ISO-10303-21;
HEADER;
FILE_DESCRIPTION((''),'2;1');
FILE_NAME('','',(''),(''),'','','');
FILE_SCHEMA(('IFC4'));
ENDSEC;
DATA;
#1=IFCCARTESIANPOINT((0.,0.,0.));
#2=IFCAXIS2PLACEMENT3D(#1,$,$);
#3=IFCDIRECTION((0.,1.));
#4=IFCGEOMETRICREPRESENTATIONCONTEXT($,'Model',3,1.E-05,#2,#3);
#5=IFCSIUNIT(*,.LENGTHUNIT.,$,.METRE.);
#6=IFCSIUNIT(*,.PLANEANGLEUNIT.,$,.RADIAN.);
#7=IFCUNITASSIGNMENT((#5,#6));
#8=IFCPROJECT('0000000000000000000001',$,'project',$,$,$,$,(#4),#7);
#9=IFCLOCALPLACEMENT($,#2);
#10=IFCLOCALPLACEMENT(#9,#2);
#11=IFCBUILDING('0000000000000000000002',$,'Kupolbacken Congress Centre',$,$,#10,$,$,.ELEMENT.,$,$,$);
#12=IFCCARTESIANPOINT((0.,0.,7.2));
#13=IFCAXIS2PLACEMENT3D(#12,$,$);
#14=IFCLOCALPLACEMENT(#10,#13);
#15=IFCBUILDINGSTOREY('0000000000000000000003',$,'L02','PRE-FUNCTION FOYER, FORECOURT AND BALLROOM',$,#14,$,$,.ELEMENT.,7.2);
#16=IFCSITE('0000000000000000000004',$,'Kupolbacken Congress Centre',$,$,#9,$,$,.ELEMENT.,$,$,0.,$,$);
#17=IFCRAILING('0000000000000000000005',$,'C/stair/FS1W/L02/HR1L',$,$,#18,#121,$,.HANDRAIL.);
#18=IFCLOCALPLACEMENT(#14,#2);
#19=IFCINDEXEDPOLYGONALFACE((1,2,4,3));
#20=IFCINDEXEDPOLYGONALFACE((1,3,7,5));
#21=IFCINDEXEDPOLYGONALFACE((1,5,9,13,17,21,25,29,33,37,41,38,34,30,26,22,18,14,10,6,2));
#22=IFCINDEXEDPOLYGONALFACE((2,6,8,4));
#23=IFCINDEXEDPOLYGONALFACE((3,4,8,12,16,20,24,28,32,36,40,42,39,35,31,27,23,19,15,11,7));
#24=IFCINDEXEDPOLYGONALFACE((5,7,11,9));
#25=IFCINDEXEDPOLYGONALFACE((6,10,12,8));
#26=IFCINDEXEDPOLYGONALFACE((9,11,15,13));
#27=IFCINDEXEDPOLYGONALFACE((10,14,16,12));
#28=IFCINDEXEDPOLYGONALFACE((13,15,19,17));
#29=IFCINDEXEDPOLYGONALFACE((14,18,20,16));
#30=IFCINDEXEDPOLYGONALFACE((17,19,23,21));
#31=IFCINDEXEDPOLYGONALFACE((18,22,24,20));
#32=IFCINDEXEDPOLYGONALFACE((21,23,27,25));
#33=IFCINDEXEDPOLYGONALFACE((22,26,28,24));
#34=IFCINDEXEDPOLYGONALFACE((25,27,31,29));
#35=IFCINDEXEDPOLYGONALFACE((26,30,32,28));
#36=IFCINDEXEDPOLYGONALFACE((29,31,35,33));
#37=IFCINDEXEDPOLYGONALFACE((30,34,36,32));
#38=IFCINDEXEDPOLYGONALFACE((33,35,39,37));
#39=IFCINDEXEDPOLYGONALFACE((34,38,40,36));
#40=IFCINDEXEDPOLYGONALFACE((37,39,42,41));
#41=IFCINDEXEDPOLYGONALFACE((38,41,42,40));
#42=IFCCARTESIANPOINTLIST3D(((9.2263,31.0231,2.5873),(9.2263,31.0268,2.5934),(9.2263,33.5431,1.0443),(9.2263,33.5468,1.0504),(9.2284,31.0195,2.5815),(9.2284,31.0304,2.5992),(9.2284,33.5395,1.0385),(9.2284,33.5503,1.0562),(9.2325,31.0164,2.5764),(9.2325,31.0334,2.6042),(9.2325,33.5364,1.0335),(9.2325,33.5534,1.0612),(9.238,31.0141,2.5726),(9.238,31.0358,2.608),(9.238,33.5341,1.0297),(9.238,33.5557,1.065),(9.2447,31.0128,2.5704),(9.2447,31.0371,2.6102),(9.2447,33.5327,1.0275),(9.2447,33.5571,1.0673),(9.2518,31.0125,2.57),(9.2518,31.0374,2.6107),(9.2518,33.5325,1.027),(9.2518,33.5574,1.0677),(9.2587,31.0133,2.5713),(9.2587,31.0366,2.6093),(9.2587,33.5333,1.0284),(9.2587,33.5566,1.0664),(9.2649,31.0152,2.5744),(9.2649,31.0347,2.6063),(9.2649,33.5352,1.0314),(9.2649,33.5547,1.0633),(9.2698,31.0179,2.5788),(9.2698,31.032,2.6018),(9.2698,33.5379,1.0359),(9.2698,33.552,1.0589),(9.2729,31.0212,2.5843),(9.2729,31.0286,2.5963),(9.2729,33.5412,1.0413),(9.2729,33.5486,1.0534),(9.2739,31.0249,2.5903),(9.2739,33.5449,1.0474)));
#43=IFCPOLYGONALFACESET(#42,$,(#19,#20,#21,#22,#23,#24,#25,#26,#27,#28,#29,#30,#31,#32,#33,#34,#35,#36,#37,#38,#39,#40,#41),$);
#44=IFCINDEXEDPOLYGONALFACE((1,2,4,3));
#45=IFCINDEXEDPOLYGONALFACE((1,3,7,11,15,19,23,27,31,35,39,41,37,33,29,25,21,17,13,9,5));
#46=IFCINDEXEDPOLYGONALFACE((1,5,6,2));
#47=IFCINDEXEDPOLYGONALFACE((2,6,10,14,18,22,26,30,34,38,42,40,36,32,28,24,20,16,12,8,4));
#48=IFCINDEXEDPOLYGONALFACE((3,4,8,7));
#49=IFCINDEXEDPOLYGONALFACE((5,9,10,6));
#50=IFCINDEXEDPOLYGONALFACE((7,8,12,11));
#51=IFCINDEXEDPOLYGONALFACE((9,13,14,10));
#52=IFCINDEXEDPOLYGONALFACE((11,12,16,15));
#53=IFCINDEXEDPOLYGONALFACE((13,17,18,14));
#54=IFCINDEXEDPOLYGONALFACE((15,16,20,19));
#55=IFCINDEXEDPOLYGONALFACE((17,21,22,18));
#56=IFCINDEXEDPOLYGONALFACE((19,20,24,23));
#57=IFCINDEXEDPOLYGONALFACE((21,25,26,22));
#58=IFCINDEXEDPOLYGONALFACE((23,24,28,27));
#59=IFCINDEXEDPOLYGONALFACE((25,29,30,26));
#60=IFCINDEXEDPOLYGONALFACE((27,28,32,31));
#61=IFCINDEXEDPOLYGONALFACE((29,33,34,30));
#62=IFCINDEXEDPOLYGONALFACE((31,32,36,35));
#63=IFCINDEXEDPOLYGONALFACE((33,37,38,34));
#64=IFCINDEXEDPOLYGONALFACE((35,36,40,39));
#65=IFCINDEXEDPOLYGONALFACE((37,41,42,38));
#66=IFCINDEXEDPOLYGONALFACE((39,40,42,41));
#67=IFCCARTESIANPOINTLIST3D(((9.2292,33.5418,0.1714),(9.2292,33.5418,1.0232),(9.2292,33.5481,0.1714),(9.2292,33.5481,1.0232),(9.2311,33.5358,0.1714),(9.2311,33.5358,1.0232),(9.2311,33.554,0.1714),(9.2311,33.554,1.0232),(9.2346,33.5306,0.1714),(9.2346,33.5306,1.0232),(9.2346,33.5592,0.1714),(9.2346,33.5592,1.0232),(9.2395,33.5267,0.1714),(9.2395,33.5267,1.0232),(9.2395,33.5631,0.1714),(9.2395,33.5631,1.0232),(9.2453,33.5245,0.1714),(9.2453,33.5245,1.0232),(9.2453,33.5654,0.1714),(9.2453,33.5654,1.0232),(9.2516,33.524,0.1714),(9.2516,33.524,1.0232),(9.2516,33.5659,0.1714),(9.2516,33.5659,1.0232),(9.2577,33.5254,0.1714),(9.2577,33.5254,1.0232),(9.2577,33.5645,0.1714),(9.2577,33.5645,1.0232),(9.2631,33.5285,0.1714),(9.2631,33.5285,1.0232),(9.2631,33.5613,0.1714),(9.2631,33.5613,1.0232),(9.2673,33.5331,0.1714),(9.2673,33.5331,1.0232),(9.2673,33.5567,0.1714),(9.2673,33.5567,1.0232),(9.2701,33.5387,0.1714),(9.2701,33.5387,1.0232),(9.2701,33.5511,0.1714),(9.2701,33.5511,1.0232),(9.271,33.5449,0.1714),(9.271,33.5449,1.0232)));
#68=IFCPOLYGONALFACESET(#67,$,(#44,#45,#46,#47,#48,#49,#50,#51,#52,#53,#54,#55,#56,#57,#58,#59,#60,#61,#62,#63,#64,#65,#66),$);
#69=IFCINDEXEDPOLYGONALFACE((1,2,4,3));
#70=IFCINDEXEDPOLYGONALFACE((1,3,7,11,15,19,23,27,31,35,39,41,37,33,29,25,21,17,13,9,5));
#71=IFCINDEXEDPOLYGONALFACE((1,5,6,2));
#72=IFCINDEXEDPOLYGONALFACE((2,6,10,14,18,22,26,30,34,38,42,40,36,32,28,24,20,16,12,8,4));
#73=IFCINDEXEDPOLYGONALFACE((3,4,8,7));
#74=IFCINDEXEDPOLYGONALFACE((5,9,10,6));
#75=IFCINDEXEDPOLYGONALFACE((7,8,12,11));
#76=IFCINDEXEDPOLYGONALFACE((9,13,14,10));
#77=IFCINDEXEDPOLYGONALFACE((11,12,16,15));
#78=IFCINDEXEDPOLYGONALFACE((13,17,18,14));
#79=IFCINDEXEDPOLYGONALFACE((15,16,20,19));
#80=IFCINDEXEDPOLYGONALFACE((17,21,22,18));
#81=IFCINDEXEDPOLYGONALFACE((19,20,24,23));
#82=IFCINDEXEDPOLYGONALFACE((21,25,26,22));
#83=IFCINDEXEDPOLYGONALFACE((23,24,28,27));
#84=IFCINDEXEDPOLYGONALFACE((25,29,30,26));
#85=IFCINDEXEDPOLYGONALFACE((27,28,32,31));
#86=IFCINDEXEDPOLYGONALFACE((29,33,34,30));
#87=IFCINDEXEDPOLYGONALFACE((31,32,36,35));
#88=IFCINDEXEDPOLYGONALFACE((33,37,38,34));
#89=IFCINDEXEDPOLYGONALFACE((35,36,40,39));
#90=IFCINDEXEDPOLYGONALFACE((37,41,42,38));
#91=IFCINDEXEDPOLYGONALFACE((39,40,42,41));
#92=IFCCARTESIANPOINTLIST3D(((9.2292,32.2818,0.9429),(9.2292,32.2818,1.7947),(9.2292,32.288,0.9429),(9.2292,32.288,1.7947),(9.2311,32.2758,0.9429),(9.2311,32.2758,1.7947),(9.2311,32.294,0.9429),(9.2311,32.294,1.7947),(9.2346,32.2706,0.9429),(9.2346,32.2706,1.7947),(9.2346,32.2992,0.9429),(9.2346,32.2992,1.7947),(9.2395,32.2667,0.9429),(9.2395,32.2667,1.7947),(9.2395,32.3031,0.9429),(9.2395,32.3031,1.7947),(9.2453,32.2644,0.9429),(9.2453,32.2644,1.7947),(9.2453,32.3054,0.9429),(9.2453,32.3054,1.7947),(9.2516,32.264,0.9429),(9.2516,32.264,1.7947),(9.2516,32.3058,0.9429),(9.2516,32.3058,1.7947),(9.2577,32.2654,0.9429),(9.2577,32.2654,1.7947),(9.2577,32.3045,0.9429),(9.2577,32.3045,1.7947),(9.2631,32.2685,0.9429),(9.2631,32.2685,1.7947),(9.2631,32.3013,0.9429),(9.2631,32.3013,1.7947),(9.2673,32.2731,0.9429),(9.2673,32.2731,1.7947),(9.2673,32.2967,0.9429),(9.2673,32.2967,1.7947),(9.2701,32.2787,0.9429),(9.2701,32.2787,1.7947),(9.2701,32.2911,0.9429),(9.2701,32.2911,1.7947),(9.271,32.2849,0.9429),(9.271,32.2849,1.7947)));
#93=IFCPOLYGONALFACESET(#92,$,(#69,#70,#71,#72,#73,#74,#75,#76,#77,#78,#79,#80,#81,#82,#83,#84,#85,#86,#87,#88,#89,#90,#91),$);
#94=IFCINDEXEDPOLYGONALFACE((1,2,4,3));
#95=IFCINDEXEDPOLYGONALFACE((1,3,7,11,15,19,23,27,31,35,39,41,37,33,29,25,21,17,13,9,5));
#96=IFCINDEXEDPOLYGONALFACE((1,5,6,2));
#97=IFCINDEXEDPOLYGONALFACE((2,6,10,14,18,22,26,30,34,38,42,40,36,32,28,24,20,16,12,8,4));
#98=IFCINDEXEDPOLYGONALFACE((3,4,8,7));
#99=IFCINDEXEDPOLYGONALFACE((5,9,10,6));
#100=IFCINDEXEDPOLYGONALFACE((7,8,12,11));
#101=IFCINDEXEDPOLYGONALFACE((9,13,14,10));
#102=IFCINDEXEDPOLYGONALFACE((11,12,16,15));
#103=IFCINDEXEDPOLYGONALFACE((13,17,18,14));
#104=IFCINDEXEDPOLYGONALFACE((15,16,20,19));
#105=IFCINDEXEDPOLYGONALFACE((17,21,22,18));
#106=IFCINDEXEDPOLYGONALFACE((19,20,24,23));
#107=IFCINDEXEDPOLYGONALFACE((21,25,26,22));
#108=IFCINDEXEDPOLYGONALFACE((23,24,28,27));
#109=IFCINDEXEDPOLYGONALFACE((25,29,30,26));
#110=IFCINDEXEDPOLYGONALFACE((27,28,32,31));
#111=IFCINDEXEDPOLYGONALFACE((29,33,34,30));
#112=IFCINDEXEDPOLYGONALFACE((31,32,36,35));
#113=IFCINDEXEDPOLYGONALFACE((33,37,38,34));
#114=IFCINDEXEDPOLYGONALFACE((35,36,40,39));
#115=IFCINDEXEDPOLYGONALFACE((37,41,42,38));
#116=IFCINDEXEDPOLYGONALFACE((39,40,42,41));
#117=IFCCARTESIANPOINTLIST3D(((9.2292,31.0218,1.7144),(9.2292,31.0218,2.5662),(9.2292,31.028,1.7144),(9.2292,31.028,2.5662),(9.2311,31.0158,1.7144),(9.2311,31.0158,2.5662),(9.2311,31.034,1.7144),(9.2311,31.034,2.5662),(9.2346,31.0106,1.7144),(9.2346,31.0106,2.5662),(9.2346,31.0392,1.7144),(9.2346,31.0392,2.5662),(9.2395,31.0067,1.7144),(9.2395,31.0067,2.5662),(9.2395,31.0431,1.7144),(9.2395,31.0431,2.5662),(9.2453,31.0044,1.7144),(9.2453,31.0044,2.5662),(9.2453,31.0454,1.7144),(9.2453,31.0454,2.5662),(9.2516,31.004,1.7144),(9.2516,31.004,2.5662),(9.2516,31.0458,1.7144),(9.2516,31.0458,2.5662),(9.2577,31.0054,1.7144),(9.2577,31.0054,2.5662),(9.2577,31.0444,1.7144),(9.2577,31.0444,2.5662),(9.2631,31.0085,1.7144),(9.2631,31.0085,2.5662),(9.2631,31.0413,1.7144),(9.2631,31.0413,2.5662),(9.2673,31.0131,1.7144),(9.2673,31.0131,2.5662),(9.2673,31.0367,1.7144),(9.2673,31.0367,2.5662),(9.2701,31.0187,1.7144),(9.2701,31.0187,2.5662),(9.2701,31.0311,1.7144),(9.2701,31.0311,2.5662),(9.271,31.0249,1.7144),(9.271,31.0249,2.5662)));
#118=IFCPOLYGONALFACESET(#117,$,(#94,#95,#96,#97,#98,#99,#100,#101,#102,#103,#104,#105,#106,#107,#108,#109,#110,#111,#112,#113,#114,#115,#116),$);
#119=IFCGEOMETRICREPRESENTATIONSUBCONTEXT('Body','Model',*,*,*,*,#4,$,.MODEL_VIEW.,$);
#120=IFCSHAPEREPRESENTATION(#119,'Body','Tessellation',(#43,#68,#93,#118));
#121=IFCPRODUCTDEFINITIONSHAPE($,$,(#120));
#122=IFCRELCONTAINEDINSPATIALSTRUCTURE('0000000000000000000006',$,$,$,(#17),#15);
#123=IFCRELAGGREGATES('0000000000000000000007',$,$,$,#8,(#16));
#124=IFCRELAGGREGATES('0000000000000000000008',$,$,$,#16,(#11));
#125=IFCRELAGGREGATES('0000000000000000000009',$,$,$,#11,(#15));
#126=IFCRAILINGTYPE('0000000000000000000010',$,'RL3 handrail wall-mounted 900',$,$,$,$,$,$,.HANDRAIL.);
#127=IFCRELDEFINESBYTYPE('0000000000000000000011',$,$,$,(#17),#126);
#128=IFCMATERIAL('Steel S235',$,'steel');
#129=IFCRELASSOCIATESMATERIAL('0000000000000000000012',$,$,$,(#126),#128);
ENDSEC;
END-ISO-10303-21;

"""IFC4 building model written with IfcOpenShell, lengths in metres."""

from ifc_helpers import new_model, si_unit, direction, frame, origin, origin_2d, place, context, subcontext, project, spatial, circle, extrude, material, type_object, element, save


model = new_model("IFC4")

# Units and contexts
model_context = context("Model", 3, precision=1e-05, world=origin(), true_north=direction((0.0, 1.0)))
body_context = subcontext(model_context, "Body", "Model", "MODEL_VIEW")
ifc_project = project(units=[si_unit("LENGTHUNIT", "METRE"), si_unit("PLANEANGLEUNIT", "RADIAN")], contexts=[model_context])

# Site, building, storey
site_placement = place(None, origin())
site = spatial("IfcSite", under=ifc_project, at=site_placement, Name="Kupolbacken Congress Centre", CompositionType="ELEMENT", RefElevation=0.0)
building_placement = place(site_placement, origin())
building = spatial("IfcBuilding", under=site, at=building_placement, Name="Kupolbacken Congress Centre", CompositionType="ELEMENT")
storey_placement = place(building_placement, frame((0.0, 0.0, 7.2)))
storey = spatial("IfcBuildingStorey", under=building, at=storey_placement, Name="L02", Description="PRE-FUNCTION FOYER, FORECOURT AND BALLROOM", CompositionType="ELEMENT", Elevation=7.2)

# Railing
ifc_material_1 = material(Name="Steel S235", Category="steel")
railing_type = type_object("IfcRailingType", Name="RL3 handrail wall-mounted 900", PredefinedType="HANDRAIL", material=ifc_material_1)
railing_placement = place(storey_placement, frame((9.25, 33.5449, 0.1714)))
element("IfcRailing", 1, at=railing_placement, inside=storey, type_object=railing_type, Name="C/stair/FS1W/L02/HR1L", PredefinedType="HANDRAIL", context=body_context, shape_type="SweptSolid", body=[
    extrude(circle(Radius=0.0239, at=origin_2d()), frame((0.0, 0.0, 0.876), z_axis=(0.0, -0.852836, 0.522178), x_axis=(1.0, 0.0, 0.0)), (0.0, 0.0, 1.0), 2.9548),
    extrude(circle(Radius=0.021, at=origin_2d()), origin(), (0.0, 0.0, 1.0), 0.8518),
    extrude(circle(Radius=0.021, at=origin_2d()), frame((0.0, -1.26, 0.7715)), (0.0, 0.0, 1.0), 0.8518),
    extrude(circle(Radius=0.021, at=origin_2d()), frame((0.0, -2.52, 1.543)), (0.0, 0.0, 1.0), 0.8518),
])

save(model, "model.ifc")
